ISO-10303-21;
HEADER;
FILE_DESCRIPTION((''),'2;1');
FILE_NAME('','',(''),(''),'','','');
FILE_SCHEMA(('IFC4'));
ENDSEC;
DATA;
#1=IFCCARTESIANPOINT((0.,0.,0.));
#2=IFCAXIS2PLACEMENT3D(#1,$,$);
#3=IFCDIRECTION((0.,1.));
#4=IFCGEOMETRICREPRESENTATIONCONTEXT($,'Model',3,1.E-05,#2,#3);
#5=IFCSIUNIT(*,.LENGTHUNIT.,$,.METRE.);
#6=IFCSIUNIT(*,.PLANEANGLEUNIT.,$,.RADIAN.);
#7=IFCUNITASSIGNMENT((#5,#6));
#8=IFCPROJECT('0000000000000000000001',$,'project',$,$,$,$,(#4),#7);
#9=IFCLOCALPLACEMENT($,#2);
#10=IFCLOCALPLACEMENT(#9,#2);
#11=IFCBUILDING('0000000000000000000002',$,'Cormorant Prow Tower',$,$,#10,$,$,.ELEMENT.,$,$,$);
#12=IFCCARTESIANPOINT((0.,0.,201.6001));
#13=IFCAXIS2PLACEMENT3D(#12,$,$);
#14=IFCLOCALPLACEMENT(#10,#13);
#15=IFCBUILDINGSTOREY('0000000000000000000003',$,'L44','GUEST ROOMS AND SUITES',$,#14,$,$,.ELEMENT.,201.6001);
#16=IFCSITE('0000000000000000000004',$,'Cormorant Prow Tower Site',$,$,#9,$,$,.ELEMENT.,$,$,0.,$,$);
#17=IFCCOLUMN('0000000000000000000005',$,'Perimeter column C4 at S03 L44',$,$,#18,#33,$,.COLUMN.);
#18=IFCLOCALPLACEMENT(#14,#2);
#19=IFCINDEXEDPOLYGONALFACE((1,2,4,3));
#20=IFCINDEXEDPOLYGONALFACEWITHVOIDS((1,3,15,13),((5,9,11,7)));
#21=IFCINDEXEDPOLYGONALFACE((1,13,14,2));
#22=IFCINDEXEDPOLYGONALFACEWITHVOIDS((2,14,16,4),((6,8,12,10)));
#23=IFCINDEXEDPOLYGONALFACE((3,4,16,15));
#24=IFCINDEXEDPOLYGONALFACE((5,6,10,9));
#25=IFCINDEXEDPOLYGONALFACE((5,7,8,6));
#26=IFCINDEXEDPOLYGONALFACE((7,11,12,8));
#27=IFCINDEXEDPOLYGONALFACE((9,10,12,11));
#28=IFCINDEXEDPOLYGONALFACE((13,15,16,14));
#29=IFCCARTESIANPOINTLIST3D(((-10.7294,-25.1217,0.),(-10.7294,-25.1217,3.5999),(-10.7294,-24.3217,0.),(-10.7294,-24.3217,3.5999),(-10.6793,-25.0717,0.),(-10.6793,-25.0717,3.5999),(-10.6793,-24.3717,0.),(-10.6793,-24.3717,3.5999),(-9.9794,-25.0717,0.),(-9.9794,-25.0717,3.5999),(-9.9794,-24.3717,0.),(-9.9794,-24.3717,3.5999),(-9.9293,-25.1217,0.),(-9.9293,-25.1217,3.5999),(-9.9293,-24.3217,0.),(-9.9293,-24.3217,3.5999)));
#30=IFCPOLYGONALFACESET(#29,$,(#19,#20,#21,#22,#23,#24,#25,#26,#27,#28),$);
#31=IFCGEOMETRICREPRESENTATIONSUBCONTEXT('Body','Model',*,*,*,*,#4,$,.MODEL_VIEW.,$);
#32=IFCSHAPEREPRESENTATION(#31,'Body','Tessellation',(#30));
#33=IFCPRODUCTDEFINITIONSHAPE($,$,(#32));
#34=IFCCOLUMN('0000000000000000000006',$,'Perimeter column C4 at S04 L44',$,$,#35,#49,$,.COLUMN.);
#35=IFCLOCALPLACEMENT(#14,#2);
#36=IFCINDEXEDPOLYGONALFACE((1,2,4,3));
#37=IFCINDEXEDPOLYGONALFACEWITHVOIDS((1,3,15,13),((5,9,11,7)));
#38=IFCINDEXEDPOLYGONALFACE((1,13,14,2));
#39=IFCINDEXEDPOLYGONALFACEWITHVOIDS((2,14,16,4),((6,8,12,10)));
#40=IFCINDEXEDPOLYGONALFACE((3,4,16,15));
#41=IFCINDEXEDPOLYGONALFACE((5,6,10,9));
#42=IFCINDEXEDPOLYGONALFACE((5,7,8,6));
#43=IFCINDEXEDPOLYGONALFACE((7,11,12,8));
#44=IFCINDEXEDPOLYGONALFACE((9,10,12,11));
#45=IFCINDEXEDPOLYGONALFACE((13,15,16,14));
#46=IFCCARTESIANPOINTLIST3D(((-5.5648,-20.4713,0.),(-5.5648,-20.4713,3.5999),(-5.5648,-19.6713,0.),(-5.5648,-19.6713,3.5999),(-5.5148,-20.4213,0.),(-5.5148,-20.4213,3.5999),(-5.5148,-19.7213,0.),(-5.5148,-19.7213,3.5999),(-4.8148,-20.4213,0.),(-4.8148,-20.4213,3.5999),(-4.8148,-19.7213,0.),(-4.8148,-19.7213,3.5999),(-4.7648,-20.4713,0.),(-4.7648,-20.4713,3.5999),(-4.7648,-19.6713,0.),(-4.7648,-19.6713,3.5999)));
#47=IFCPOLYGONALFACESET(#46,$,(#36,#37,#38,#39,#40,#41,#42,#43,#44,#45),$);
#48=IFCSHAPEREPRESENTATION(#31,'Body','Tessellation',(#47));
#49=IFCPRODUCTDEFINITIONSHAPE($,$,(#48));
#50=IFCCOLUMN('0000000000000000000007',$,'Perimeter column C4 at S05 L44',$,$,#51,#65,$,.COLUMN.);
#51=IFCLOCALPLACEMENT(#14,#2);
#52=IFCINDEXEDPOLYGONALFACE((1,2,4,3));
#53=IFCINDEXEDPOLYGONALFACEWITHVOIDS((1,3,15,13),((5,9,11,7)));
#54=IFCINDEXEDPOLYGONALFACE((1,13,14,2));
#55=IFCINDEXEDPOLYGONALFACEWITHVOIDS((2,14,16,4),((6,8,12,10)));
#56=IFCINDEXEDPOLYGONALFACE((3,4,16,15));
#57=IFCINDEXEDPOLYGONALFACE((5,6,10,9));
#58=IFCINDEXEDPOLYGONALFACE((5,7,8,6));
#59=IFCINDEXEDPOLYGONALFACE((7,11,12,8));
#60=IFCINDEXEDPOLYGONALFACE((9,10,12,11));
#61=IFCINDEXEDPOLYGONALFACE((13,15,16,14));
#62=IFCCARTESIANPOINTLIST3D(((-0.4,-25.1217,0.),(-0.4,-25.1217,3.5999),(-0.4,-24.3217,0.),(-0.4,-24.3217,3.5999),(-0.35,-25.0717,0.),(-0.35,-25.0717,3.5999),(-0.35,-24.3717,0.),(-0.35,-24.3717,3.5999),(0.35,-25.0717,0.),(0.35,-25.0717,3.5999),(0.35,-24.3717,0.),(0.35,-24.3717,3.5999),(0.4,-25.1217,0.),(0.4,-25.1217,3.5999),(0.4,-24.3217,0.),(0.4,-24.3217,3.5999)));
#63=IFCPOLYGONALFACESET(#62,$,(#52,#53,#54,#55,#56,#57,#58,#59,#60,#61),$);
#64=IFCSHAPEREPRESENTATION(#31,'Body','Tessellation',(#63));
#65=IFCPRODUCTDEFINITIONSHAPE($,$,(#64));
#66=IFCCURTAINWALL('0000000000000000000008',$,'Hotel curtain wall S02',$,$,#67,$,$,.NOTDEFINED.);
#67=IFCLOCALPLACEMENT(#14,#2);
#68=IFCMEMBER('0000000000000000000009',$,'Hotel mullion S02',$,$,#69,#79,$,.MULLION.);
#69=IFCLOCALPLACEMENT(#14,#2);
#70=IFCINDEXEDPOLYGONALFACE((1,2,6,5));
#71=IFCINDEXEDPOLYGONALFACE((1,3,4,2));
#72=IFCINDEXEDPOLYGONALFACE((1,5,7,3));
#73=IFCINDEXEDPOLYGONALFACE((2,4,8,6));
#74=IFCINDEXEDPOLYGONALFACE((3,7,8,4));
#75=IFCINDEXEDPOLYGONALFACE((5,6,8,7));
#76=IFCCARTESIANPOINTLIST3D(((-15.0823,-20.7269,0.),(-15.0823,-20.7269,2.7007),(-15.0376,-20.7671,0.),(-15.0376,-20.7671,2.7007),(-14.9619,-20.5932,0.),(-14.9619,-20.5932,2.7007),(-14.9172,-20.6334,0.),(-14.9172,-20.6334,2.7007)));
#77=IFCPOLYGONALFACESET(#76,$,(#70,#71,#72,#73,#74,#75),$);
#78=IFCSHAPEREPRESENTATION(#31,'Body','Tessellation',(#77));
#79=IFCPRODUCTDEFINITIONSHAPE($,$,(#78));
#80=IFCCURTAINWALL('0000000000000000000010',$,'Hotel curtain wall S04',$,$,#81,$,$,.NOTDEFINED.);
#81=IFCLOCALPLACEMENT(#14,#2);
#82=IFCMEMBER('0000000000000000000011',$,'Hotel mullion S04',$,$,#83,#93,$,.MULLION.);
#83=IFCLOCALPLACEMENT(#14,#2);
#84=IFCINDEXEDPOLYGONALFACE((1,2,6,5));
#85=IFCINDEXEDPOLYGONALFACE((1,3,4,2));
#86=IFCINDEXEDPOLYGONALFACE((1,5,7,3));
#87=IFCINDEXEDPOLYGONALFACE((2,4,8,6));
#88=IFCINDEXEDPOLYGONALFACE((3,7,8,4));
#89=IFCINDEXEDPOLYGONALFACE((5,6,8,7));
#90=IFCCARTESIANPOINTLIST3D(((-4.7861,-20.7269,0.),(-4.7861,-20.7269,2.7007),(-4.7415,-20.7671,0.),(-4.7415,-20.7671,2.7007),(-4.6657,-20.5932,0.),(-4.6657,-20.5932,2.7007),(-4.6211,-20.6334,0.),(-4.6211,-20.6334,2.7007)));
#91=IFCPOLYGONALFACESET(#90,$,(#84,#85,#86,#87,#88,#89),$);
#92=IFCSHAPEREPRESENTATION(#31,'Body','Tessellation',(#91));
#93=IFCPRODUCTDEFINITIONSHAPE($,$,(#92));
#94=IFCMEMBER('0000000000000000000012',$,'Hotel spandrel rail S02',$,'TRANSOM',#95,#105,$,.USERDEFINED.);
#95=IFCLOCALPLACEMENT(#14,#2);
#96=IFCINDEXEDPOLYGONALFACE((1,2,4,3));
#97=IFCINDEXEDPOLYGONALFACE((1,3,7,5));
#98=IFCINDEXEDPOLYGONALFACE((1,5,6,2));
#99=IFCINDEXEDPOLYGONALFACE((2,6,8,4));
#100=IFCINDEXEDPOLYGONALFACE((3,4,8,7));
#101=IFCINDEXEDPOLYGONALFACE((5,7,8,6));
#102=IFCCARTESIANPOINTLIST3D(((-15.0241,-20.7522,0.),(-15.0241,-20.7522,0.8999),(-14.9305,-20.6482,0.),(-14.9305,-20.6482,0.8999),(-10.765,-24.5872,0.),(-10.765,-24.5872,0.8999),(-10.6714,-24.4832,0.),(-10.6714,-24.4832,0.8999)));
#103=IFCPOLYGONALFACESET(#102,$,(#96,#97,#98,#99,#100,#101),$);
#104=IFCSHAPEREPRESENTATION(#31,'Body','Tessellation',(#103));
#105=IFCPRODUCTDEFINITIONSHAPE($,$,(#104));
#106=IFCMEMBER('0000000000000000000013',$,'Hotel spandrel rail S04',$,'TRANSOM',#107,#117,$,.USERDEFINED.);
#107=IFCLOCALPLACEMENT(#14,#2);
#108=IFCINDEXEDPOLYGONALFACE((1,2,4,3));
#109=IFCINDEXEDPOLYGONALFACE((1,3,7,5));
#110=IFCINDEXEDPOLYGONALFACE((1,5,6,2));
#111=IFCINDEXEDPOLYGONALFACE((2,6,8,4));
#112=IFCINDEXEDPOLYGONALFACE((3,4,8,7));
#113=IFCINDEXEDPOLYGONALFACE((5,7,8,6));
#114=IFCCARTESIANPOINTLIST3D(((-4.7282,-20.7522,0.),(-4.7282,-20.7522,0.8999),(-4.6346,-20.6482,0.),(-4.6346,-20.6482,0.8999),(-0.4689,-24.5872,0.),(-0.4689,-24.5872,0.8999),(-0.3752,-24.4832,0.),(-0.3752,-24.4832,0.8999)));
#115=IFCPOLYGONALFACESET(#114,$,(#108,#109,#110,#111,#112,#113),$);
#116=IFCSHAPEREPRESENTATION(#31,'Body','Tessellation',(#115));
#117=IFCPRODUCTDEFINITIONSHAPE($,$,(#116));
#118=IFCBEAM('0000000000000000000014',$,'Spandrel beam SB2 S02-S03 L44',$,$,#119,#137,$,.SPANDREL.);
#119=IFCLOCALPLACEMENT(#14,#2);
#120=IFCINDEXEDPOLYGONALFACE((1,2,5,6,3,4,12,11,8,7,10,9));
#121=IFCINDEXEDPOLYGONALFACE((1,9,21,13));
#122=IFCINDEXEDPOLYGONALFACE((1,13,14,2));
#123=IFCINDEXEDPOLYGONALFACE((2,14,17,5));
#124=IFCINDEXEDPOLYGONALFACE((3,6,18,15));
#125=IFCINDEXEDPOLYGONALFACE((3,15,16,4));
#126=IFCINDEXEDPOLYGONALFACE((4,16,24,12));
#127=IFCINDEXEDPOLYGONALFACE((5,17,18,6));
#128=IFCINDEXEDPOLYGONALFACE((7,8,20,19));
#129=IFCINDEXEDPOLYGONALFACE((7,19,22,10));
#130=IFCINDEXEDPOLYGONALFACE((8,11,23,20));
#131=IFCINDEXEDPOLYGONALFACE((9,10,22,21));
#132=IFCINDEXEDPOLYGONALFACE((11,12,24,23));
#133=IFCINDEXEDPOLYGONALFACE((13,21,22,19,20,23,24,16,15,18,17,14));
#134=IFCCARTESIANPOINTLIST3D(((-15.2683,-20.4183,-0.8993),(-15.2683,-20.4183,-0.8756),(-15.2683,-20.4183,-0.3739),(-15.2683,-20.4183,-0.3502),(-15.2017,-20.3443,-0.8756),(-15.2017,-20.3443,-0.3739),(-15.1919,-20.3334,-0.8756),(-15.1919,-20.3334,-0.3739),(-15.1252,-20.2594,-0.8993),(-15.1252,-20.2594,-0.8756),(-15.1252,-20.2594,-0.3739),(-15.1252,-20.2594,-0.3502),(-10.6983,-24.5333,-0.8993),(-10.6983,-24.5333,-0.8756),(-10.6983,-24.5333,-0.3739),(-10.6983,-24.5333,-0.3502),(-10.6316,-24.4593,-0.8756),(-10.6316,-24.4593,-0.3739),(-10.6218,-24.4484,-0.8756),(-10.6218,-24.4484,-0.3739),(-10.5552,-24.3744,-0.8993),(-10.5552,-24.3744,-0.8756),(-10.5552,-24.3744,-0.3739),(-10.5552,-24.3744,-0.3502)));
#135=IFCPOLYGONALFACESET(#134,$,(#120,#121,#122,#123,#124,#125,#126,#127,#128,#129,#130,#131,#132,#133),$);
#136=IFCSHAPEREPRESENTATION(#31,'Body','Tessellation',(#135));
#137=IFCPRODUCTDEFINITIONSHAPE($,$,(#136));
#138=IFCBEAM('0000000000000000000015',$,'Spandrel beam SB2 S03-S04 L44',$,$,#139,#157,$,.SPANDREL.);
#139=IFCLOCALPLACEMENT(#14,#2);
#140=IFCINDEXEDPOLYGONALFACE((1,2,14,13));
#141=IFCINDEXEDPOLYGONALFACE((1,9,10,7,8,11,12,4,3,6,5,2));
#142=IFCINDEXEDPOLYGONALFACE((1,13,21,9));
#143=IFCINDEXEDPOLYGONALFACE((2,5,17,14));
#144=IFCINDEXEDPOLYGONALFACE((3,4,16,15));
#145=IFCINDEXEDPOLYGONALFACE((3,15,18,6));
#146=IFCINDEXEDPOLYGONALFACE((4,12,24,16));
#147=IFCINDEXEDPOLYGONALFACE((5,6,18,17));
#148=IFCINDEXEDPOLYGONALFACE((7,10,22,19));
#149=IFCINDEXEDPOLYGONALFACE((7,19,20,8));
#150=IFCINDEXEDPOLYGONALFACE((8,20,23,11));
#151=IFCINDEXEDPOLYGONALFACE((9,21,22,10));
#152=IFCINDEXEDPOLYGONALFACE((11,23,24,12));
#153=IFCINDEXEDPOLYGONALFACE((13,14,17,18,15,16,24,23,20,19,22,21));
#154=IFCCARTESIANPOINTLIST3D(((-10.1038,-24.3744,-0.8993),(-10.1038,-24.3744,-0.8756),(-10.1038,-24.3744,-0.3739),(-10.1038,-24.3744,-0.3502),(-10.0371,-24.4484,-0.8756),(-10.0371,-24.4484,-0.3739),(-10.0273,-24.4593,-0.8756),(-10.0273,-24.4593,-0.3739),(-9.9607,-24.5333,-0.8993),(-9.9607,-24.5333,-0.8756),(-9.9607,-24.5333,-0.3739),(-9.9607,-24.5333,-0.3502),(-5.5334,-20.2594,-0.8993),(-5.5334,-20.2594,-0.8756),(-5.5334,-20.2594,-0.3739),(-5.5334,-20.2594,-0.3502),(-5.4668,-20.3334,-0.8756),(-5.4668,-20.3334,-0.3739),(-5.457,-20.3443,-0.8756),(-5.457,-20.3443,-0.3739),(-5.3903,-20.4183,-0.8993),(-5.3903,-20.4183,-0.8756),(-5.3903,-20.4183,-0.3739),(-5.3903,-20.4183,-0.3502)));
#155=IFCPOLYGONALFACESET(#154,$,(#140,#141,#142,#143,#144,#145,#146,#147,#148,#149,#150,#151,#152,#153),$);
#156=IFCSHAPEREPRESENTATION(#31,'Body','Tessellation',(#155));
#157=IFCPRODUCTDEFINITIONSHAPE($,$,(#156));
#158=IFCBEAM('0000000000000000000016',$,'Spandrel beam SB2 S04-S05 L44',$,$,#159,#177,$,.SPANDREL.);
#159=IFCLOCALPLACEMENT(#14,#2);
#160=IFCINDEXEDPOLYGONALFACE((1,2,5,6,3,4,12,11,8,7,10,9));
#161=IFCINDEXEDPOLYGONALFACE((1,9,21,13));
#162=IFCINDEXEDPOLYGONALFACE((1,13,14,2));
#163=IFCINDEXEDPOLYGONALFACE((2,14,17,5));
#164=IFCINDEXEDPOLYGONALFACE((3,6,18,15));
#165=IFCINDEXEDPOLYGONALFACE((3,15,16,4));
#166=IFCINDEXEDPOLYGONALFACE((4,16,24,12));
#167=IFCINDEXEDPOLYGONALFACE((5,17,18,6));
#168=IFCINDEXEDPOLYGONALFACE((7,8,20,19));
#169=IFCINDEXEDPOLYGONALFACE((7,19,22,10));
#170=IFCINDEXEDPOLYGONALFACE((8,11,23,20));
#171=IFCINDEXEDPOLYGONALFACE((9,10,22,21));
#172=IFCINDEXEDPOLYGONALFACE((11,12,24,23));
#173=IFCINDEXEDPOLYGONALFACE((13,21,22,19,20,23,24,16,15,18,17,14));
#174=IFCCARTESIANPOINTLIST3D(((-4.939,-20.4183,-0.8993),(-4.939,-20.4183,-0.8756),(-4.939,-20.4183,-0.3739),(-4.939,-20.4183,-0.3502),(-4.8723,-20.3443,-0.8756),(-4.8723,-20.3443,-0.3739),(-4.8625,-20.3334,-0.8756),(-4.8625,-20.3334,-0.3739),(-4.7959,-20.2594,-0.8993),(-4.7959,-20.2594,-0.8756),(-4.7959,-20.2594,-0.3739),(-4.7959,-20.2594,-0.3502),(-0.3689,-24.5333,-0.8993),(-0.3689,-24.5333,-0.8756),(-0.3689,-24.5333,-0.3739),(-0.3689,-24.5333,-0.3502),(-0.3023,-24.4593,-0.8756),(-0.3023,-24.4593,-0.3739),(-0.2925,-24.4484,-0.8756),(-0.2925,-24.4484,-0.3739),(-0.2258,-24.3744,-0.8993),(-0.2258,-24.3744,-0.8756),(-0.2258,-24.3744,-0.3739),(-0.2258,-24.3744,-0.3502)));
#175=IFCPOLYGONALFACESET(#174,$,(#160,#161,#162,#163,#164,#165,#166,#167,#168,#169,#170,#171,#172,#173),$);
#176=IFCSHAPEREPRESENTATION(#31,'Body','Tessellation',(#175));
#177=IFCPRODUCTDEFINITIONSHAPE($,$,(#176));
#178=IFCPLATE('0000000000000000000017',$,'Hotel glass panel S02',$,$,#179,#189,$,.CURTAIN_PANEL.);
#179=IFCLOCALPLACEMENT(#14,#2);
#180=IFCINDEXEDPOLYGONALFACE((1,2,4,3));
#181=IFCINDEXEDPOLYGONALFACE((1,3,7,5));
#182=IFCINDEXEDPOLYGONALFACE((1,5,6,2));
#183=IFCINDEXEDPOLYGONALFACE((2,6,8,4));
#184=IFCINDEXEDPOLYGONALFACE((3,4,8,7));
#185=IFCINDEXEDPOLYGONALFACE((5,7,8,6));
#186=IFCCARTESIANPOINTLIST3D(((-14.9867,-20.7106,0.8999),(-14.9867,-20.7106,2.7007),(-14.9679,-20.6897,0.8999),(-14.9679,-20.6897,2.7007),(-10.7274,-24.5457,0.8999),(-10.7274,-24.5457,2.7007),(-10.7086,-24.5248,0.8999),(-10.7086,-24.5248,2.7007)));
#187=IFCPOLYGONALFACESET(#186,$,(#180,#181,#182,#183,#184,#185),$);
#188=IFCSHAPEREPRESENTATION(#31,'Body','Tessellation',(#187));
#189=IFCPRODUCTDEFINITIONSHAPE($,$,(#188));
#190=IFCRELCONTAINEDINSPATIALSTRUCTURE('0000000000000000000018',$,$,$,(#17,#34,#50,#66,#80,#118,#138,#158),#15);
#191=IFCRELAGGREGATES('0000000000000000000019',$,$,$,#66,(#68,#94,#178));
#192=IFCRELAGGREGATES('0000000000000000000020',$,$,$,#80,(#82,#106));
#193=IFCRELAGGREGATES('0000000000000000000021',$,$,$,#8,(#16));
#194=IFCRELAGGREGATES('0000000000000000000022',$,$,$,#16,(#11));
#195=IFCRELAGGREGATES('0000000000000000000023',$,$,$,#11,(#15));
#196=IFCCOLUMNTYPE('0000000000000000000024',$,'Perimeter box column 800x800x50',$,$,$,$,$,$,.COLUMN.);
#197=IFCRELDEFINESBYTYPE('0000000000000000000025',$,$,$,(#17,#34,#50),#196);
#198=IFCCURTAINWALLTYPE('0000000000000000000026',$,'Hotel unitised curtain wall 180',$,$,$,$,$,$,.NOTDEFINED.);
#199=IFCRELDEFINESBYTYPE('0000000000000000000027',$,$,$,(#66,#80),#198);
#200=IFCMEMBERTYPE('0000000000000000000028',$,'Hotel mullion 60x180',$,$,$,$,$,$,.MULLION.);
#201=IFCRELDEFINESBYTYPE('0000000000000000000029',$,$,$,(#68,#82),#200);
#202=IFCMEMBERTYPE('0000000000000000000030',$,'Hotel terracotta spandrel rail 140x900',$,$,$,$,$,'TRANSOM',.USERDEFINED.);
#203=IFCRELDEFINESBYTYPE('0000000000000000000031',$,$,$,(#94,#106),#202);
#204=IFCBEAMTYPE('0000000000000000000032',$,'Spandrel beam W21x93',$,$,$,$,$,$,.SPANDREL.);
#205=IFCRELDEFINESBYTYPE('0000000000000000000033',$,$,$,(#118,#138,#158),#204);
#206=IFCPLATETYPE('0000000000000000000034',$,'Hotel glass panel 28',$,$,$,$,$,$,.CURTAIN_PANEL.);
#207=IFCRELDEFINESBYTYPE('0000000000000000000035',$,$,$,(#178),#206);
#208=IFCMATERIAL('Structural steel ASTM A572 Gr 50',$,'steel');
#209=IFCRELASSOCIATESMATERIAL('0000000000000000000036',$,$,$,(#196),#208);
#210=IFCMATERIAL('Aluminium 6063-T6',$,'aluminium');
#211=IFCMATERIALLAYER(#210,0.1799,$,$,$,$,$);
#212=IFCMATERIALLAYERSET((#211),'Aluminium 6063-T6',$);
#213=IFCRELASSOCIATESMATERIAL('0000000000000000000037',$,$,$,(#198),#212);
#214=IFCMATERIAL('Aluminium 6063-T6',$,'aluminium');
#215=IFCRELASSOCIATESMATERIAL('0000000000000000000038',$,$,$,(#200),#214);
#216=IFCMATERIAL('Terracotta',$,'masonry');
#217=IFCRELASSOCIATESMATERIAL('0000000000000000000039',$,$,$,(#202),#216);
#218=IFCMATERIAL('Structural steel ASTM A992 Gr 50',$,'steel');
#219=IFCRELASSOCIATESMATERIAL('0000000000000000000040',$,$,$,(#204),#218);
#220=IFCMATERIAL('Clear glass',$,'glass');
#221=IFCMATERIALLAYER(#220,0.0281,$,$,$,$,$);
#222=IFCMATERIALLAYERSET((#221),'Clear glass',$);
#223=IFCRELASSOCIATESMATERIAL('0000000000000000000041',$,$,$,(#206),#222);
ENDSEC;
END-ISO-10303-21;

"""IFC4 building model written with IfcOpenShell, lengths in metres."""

from ifc_helpers import new_model, si_unit, direction, frame, origin, origin_2d, place, context, subcontext, project, spatial, rectangle, hollow_rectangle, i_section, extrude, material, layer, layer_set, material_profile, profile_set, type_object, element, aggregate, save


model = new_model("IFC4")

# Units and contexts
model_context = context("Model", 3, precision=1e-05, world=origin(), true_north=direction((0.0, 1.0)))
body_context = subcontext(model_context, "Body", "Model", "MODEL_VIEW")
ifc_project = project(units=[si_unit("LENGTHUNIT", "METRE"), si_unit("PLANEANGLEUNIT", "RADIAN")], contexts=[model_context])

# Site, building, storey
site_placement = place(None, origin())
site = spatial("IfcSite", under=ifc_project, at=site_placement, Name="Cormorant Prow Tower Site", CompositionType="ELEMENT", RefElevation=0.0)
building_placement = place(site_placement, origin())
building = spatial("IfcBuilding", under=site, at=building_placement, Name="Cormorant Prow Tower", CompositionType="ELEMENT")
storey_placement = place(building_placement, frame((0.0, 0.0, 201.6001)))
storey = spatial("IfcBuildingStorey", under=building, at=storey_placement, Name="L44", Description="GUEST ROOMS AND SUITES", CompositionType="ELEMENT", Elevation=201.6001)

# Columns
ifc_material_1 = material(Name="Structural steel ASTM A572 Gr 50", Category="steel")
ifc_material_profile_1 = material_profile(ifc_material_1, hollow_rectangle(XDim=0.8, YDim=0.8, WallThickness=0.05, at=origin_2d()), Name="Box 800x800x50")
ifc_profile_set_1 = profile_set([ifc_material_profile_1], Name="Structural steel ASTM A572 Gr 50")
column_type = type_object("IfcColumnType", Name="Perimeter box column 800x800x50", PredefinedType="COLUMN", material=ifc_profile_set_1)
for number, where, z_axis, x_axis, name in (
    (1, (-10.3293, -24.7217, 0.0), (0.0, 0.0, 1.0), (1.0, 0.0, 0.0), "Perimeter column C4 at S03 L44"),
    (2, (-5.1648, -20.0713, 0.0), (0.0, 0.0, 1.0), (1.0, 0.0, 0.0), "Perimeter column C4 at S04 L44"),
    (3, (0.0, -24.7217, 0.0), (0.0, 0.0, 1.0), (1.0, 0.0, 0.0), "Perimeter column C4 at S05 L44"),
):
    element("IfcColumn", number, at=place(storey_placement, frame(where, z_axis=z_axis, x_axis=x_axis)), inside=storey, type_object=column_type, Name=name, PredefinedType="COLUMN", context=body_context, shape_type="SweptSolid", body=[
        extrude(hollow_rectangle(XDim=0.8, YDim=0.8, WallThickness=0.05, at=origin_2d()), origin(), (0.0, 0.0, 1.0), 3.5999),
    ])

# Curtain walls, members
ifc_material_2 = material(Name="Aluminium 6063-T6", Category="aluminium")
ifc_layer_1 = layer(ifc_material_2, 0.1799)
ifc_layer_set_1 = layer_set([ifc_layer_1], Name="Aluminium 6063-T6")
curtain_wall_type = type_object("IfcCurtainWallType", Name="Hotel unitised curtain wall 180", PredefinedType="NOTDEFINED", material=ifc_layer_set_1)
curtain_wall_1_placement = place(storey_placement, origin())
curtain_wall_1 = element("IfcCurtainWall", 4, at=curtain_wall_1_placement, inside=storey, type_object=curtain_wall_type, Name="Hotel curtain wall S02", PredefinedType="NOTDEFINED")
ifc_material_3 = material(Name="Aluminium 6063-T6", Category="aluminium")
ifc_material_profile_2 = material_profile(ifc_material_3, rectangle(XDim=0.1799, YDim=0.0601, at=origin_2d()), Name="Hotel mullion 60x180")
ifc_profile_set_2 = profile_set([ifc_material_profile_2], Name="Aluminium 6063-T6")
member_type_1 = type_object("IfcMemberType", Name="Hotel mullion 60x180", PredefinedType="MULLION", material=ifc_profile_set_2)
member_1_placement = place(storey_placement, frame((-14.9998, -20.6802, 0.0), z_axis=(0.0, 0.0, 1.0), x_axis=(0.669131, 0.743145, 0.0)))
member_1 = element("IfcMember", 5, at=member_1_placement, type_object=member_type_1, Name="Hotel mullion S02", PredefinedType="MULLION", context=body_context, shape_type="SweptSolid", body=[
    extrude(rectangle(XDim=0.1799, YDim=0.0601, at=origin_2d()), origin(), (0.0, 0.0, 1.0), 2.7007),
])
curtain_wall_2_placement = place(storey_placement, origin())
curtain_wall_2 = element("IfcCurtainWall", 6, at=curtain_wall_2_placement, inside=storey, type_object=curtain_wall_type, Name="Hotel curtain wall S04", PredefinedType="NOTDEFINED")
member_2_placement = place(storey_placement, frame((-4.7036, -20.6802, 0.0), z_axis=(0.0, 0.0, 1.0), x_axis=(0.669131, 0.743145, 0.0)))
member_2 = element("IfcMember", 7, at=member_2_placement, type_object=member_type_1, Name="Hotel mullion S04", PredefinedType="MULLION", context=body_context, shape_type="SweptSolid", body=[
    extrude(rectangle(XDim=0.1799, YDim=0.0601, at=origin_2d()), origin(), (0.0, 0.0, 1.0), 2.7007),
])

# Members
ifc_material_4 = material(Name="Terracotta", Category="masonry")
ifc_material_profile_3 = material_profile(ifc_material_4, rectangle(XDim=0.1399, YDim=0.8999, at=origin_2d()), Name="Hotel terracotta spandrel rail 140x900")
ifc_profile_set_3 = profile_set([ifc_material_profile_3], Name="Terracotta")
member_type_2 = type_object("IfcMemberType", Name="Hotel terracotta spandrel rail 140x900", ElementType="TRANSOM", PredefinedType="USERDEFINED", material=ifc_profile_set_3)
member_3_placement = place(storey_placement, frame((-14.9773, -20.7002, 0.45), z_axis=(0.743135, -0.669141, 0.0), x_axis=(0.669141, 0.743135, 0.0)))
member_3 = element("IfcMember", 8, at=member_3_placement, type_object=member_type_2, Name="Hotel spandrel rail S02", ObjectType="TRANSOM", PredefinedType="USERDEFINED", context=body_context, shape_type="SweptSolid", body=[
    extrude(rectangle(XDim=0.1399, YDim=0.8999, at=origin_2d()), origin(), (0.0, 0.0, 1.0), 5.7312),
])
member_4_placement = place(storey_placement, frame((-4.6814, -20.7002, 0.45), z_axis=(0.743154, -0.66912, 0.0), x_axis=(0.66912, 0.743154, 0.0)))
member_4 = element("IfcMember", 9, at=member_4_placement, type_object=member_type_2, Name="Hotel spandrel rail S04", ObjectType="TRANSOM", PredefinedType="USERDEFINED", context=body_context, shape_type="SweptSolid", body=[
    extrude(rectangle(XDim=0.1399, YDim=0.8999, at=origin_2d()), origin(), (0.0, 0.0, 1.0), 5.7314),
])

# Beams
ifc_material_5 = material(Name="Structural steel ASTM A992 Gr 50", Category="steel")
ifc_material_profile_4 = material_profile(ifc_material_5, i_section(OverallWidth=0.2139, OverallDepth=0.5491, WebThickness=0.0146, FlangeThickness=0.0237, at=origin_2d()), Name="W21x93")
ifc_profile_set_4 = profile_set([ifc_material_profile_4], Name="Structural steel ASTM A992 Gr 50")
beam_type = type_object("IfcBeamType", Name="Spandrel beam W21x93", PredefinedType="SPANDREL", material=ifc_profile_set_4)
beam_1_placement = place(storey_placement, frame((-15.1968, -20.3389, -0.6248), z_axis=(0.743138, -0.669138, 0.0), x_axis=(0.669138, 0.743138, 0.0)))
element("IfcBeam", 10, at=beam_1_placement, inside=storey, type_object=beam_type, Name="Spandrel beam SB2 S02-S03 L44", PredefinedType="SPANDREL", context=body_context, shape_type="SweptSolid", body=[
    extrude(i_section(OverallWidth=0.2139, OverallDepth=0.5491, WebThickness=0.0146, FlangeThickness=0.0237, at=origin_2d()), origin(), (0.0, 0.0, 1.0), 6.1497),
])
beam_2_placement = place(storey_placement, frame((-10.0322, -24.4539, -0.6248), z_axis=(0.743156, 0.669118, 0.0), x_axis=(-0.669118, 0.743156, 0.0)))
element("IfcBeam", 11, at=beam_2_placement, inside=storey, type_object=beam_type, Name="Spandrel beam SB2 S03-S04 L44", PredefinedType="SPANDREL", context=body_context, shape_type="SweptSolid", body=[
    extrude(i_section(OverallWidth=0.2139, OverallDepth=0.5491, WebThickness=0.0146, FlangeThickness=0.0237, at=origin_2d()), origin(), (0.0, 0.0, 1.0), 6.1499),
])
beam_3_placement = place(storey_placement, frame((-4.8674, -20.3389, -0.6248), z_axis=(0.743138, -0.669138, 0.0), x_axis=(0.669138, 0.743138, 0.0)))
element("IfcBeam", 12, at=beam_3_placement, inside=storey, type_object=beam_type, Name="Spandrel beam SB2 S04-S05 L44", PredefinedType="SPANDREL", context=body_context, shape_type="SweptSolid", body=[
    extrude(i_section(OverallWidth=0.2139, OverallDepth=0.5491, WebThickness=0.0146, FlangeThickness=0.0237, at=origin_2d()), origin(), (0.0, 0.0, 1.0), 6.1497),
])

# Plate
ifc_material_6 = material(Name="Clear glass", Category="glass")
ifc_layer_2 = layer(ifc_material_6, 0.0281)
ifc_layer_set_2 = layer_set([ifc_layer_2], Name="Clear glass")
plate_type = type_object("IfcPlateType", Name="Hotel glass panel 28", PredefinedType="CURTAIN_PANEL", material=ifc_layer_set_2)
plate_1_placement = place(storey_placement, frame((-12.8477, -22.6177, 0.8999), z_axis=(0.0, 0.0, 1.0), x_axis=(0.743145, -0.669131, 0.0)))
plate_1 = element("IfcPlate", 13, at=plate_1_placement, type_object=plate_type, Name="Hotel glass panel S02", PredefinedType="CURTAIN_PANEL", context=body_context, shape_type="SweptSolid", body=[
    extrude(rectangle(XDim=5.7314, YDim=0.0281, at=origin_2d()), origin(), (0.0, 0.0, 1.0), 1.8008),
])
aggregate(curtain_wall_1, [member_1, member_3, plate_1])
aggregate(curtain_wall_2, [member_2, member_4])

save(model, "model.ifc")
